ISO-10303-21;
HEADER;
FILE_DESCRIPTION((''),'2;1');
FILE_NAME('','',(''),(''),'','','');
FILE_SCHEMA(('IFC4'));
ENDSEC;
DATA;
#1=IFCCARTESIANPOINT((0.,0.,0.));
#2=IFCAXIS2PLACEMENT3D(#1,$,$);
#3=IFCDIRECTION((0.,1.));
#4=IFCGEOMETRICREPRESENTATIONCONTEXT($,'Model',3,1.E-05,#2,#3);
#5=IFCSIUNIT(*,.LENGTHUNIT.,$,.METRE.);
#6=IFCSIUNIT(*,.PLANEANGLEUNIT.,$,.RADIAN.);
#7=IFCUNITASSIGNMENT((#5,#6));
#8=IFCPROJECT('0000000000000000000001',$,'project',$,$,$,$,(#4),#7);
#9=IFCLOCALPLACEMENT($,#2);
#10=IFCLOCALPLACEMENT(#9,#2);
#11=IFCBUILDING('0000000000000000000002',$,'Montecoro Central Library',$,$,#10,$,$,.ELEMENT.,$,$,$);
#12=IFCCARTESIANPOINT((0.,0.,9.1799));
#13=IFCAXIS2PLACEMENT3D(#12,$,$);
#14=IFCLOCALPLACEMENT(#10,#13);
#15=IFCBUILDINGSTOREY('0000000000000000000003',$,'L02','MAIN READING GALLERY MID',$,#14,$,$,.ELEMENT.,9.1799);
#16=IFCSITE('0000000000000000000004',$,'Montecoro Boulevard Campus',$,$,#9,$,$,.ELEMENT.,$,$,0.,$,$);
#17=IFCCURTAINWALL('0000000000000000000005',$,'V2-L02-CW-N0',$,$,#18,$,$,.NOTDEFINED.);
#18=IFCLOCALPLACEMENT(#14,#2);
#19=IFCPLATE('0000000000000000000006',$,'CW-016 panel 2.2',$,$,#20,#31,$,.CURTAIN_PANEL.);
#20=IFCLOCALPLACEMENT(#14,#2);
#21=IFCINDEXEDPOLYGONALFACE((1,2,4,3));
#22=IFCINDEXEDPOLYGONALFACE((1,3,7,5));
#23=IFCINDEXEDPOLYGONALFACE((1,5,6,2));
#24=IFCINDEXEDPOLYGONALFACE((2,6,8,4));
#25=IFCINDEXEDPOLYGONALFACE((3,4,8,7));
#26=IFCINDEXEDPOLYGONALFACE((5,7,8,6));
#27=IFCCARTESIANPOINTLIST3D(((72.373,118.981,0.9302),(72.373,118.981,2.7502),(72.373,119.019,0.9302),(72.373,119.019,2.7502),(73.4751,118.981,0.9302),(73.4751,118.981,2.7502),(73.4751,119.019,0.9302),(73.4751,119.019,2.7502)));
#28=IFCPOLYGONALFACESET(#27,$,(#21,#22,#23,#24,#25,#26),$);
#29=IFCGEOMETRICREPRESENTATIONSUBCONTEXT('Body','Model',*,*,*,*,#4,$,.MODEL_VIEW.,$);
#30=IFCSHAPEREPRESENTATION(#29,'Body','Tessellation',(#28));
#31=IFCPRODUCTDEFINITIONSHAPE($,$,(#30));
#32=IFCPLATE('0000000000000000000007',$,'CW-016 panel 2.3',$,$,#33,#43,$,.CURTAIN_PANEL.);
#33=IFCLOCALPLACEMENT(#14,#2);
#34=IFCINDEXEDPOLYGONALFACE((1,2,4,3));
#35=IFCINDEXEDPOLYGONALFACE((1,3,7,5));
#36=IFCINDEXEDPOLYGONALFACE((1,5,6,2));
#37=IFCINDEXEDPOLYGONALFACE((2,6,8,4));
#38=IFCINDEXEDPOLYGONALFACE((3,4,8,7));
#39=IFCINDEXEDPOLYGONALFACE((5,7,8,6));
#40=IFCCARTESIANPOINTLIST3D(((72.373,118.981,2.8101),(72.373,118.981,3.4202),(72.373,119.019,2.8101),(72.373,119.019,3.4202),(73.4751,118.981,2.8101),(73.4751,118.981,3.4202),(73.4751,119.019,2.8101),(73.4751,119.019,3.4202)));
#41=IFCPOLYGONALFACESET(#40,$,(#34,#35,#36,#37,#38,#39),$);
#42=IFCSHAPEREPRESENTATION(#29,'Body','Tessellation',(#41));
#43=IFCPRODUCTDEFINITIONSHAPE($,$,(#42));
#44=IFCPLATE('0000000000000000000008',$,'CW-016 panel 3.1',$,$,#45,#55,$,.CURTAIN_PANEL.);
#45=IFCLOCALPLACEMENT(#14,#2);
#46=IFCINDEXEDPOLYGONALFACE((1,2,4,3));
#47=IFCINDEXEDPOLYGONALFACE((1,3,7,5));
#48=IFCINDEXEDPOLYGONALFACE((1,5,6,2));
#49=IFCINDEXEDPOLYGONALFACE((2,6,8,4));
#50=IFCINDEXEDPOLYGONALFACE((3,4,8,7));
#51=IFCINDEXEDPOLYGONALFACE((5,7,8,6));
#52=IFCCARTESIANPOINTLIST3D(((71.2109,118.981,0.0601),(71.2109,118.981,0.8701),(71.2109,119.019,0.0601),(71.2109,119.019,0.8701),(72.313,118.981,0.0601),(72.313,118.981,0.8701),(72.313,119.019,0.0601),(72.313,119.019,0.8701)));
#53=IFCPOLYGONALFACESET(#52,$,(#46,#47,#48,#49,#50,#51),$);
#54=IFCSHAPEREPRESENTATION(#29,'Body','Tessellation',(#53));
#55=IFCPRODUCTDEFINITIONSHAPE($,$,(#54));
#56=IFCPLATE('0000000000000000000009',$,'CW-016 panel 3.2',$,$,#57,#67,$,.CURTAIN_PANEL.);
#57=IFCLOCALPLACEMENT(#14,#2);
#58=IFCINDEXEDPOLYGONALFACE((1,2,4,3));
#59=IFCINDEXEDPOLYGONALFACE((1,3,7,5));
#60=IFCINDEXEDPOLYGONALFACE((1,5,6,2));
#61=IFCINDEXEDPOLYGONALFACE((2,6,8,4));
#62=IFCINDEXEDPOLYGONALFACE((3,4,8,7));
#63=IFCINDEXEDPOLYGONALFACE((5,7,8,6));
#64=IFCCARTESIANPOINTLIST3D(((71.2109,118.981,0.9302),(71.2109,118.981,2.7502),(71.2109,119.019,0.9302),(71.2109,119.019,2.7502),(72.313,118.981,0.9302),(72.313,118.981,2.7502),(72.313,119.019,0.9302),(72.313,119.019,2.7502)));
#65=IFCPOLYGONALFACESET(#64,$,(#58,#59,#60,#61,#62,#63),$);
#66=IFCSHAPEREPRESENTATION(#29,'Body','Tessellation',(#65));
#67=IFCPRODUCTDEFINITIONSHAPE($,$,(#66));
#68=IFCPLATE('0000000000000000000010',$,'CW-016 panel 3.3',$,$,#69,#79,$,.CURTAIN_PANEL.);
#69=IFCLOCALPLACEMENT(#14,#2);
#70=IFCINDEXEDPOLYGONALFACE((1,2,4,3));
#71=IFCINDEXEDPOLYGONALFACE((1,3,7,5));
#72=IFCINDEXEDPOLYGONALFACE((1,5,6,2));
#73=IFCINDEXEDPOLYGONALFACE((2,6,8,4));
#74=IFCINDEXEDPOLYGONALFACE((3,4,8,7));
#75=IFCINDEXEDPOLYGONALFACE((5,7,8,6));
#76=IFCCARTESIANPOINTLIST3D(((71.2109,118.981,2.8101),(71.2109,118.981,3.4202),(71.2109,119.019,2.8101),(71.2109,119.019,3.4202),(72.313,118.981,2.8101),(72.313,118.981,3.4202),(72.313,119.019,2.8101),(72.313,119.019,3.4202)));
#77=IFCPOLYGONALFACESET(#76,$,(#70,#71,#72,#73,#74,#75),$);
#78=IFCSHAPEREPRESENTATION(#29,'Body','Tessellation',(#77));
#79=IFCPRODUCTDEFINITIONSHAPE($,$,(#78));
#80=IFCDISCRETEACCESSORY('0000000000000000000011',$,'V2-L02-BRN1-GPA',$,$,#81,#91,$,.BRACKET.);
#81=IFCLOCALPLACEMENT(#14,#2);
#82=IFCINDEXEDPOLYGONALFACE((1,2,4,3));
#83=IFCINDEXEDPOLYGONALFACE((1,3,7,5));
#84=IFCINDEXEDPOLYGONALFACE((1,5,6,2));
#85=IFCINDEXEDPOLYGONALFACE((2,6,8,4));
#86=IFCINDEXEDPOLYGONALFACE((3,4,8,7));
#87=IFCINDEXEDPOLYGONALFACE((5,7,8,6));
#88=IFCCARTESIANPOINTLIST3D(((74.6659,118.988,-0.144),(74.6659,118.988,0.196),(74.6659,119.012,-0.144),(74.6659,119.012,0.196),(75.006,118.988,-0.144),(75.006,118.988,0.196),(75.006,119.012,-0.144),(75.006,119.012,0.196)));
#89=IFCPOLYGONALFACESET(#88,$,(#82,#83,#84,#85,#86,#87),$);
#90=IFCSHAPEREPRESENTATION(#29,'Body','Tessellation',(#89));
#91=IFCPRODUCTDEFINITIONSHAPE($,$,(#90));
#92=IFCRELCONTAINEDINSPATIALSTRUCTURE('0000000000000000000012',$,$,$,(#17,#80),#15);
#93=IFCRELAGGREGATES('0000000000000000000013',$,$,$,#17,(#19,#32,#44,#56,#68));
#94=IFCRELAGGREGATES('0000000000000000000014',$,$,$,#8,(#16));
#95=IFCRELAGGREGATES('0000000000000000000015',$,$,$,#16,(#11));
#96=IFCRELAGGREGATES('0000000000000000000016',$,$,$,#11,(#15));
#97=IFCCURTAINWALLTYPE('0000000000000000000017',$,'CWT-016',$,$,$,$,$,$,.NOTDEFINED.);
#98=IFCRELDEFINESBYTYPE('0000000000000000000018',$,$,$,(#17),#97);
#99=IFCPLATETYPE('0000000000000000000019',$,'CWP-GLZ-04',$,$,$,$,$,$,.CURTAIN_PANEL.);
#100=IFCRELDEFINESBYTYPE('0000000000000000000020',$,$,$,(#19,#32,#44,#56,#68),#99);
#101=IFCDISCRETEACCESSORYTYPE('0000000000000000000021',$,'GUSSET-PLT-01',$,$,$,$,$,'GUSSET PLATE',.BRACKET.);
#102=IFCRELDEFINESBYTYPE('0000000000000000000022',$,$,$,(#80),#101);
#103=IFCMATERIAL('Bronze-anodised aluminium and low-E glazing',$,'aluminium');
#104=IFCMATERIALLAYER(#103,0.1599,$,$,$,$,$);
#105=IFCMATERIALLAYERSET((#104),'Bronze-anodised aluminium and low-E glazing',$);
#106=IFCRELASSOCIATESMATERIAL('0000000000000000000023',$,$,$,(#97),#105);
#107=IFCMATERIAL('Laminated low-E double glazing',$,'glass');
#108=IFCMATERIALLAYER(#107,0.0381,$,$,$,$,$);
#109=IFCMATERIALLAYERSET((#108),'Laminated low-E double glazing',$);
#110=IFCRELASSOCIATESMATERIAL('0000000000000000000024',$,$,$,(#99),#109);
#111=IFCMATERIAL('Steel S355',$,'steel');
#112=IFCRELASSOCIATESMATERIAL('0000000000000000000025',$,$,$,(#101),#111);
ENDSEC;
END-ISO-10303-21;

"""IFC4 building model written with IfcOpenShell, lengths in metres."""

from ifc_helpers import new_model, si_unit, direction, frame, origin, origin_2d, place, context, subcontext, project, spatial, rectangle, extrude, material, layer, layer_set, type_object, element, aggregate, save


model = new_model("IFC4")

# Units and contexts
model_context = context("Model", 3, precision=1e-05, world=origin(), true_north=direction((0.0, 1.0)))
body_context = subcontext(model_context, "Body", "Model", "MODEL_VIEW")
ifc_project = project(units=[si_unit("LENGTHUNIT", "METRE"), si_unit("PLANEANGLEUNIT", "RADIAN")], contexts=[model_context])

# Site, building, storey
site_placement = place(None, origin())
site = spatial("IfcSite", under=ifc_project, at=site_placement, Name="Montecoro Boulevard Campus", CompositionType="ELEMENT", RefElevation=0.0)
building_placement = place(site_placement, origin())
building = spatial("IfcBuilding", under=site, at=building_placement, Name="Montecoro Central Library", CompositionType="ELEMENT")
storey_placement = place(building_placement, frame((0.0, 0.0, 9.1799)))
storey = spatial("IfcBuildingStorey", under=building, at=storey_placement, Name="L02", Description="MAIN READING GALLERY MID", CompositionType="ELEMENT", Elevation=9.1799)

# Shared definitions
ifc_material_1 = material(Name="Steel S355", Category="steel")

# Curtain wall
ifc_material_2 = material(Name="Bronze-anodised aluminium and low-E glazing", Category="aluminium")
ifc_layer_1 = layer(ifc_material_2, 0.1599)
ifc_layer_set_1 = layer_set([ifc_layer_1], Name="Bronze-anodised aluminium and low-E glazing")
curtain_wall_type = type_object("IfcCurtainWallType", Name="CWT-016", PredefinedType="NOTDEFINED", material=ifc_layer_set_1)
curtain_wall_placement = place(storey_placement, origin())
curtain_wall = element("IfcCurtainWall", 1, at=curtain_wall_placement, inside=storey, type_object=curtain_wall_type, Name="V2-L02-CW-N0", PredefinedType="NOTDEFINED")

# Plates
ifc_material_3 = material(Name="Laminated low-E double glazing", Category="glass")
ifc_layer_2 = layer(ifc_material_3, 0.0381)
ifc_layer_set_2 = layer_set([ifc_layer_2], Name="Laminated low-E double glazing")
plate_type = type_object("IfcPlateType", Name="CWP-GLZ-04", PredefinedType="CURTAIN_PANEL", material=ifc_layer_set_2)
plate_1_placement = place(storey_placement, frame((72.9241, 119.0, 0.9302), z_axis=(0.0, 0.0, 1.0), x_axis=(-1.0, 0.0, 0.0)))
plate_1 = element("IfcPlate", 2, at=plate_1_placement, type_object=plate_type, Name="CW-016 panel 2.2", PredefinedType="CURTAIN_PANEL", context=body_context, shape_type="SweptSolid", body=[
    extrude(rectangle(XDim=1.1021, YDim=0.0381, at=origin_2d()), origin(), (0.0, 0.0, 1.0), 1.8201),
])
plate_2_placement = place(storey_placement, frame((72.9241, 119.0, 2.8101), z_axis=(0.0, 0.0, 1.0), x_axis=(-1.0, 0.0, 0.0)))
plate_2 = element("IfcPlate", 3, at=plate_2_placement, type_object=plate_type, Name="CW-016 panel 2.3", PredefinedType="CURTAIN_PANEL", context=body_context, shape_type="SweptSolid", body=[
    extrude(rectangle(XDim=1.1021, YDim=0.0381, at=origin_2d()), origin(), (0.0, 0.0, 1.0), 0.6101),
])
plate_3_placement = place(storey_placement, frame((71.762, 119.0, 0.0601), z_axis=(0.0, 0.0, 1.0), x_axis=(-1.0, 0.0, 0.0)))
plate_3 = element("IfcPlate", 4, at=plate_3_placement, type_object=plate_type, Name="CW-016 panel 3.1", PredefinedType="CURTAIN_PANEL", context=body_context, shape_type="SweptSolid", body=[
    extrude(rectangle(XDim=1.1021, YDim=0.0381, at=origin_2d()), origin(), (0.0, 0.0, 1.0), 0.8101),
])
plate_4_placement = place(storey_placement, frame((71.762, 119.0, 0.9302), z_axis=(0.0, 0.0, 1.0), x_axis=(-1.0, 0.0, 0.0)))
plate_4 = element("IfcPlate", 5, at=plate_4_placement, type_object=plate_type, Name="CW-016 panel 3.2", PredefinedType="CURTAIN_PANEL", context=body_context, shape_type="SweptSolid", body=[
    extrude(rectangle(XDim=1.1021, YDim=0.0381, at=origin_2d()), origin(), (0.0, 0.0, 1.0), 1.8201),
])
plate_5_placement = place(storey_placement, frame((71.762, 119.0, 2.8101), z_axis=(0.0, 0.0, 1.0), x_axis=(-1.0, 0.0, 0.0)))
plate_5 = element("IfcPlate", 6, at=plate_5_placement, type_object=plate_type, Name="CW-016 panel 3.3", PredefinedType="CURTAIN_PANEL", context=body_context, shape_type="SweptSolid", body=[
    extrude(rectangle(XDim=1.1021, YDim=0.0381, at=origin_2d()), origin(), (0.0, 0.0, 1.0), 0.6101),
])
aggregate(curtain_wall, [plate_1, plate_2, plate_3, plate_4, plate_5])

# Discrete accessory
discrete_accessory_type = type_object("IfcDiscreteAccessoryType", Name="GUSSET-PLT-01", ElementType="GUSSET PLATE", PredefinedType="BRACKET", material=ifc_material_1)
discrete_accessory_placement = place(storey_placement, frame((74.8359, 119.0, -0.144), z_axis=(0.0, 0.0, 1.0), x_axis=(1.0, 0.0, 0.0)))
element("IfcDiscreteAccessory", 7, at=discrete_accessory_placement, inside=storey, type_object=discrete_accessory_type, Name="V2-L02-BRN1-GPA", PredefinedType="BRACKET", context=body_context, shape_type="SweptSolid", body=[
    extrude(rectangle(XDim=0.3401, YDim=0.0239, at=origin_2d()), origin(), (0.0, 0.0, 1.0), 0.3401),
])

save(model, "model.ifc")
